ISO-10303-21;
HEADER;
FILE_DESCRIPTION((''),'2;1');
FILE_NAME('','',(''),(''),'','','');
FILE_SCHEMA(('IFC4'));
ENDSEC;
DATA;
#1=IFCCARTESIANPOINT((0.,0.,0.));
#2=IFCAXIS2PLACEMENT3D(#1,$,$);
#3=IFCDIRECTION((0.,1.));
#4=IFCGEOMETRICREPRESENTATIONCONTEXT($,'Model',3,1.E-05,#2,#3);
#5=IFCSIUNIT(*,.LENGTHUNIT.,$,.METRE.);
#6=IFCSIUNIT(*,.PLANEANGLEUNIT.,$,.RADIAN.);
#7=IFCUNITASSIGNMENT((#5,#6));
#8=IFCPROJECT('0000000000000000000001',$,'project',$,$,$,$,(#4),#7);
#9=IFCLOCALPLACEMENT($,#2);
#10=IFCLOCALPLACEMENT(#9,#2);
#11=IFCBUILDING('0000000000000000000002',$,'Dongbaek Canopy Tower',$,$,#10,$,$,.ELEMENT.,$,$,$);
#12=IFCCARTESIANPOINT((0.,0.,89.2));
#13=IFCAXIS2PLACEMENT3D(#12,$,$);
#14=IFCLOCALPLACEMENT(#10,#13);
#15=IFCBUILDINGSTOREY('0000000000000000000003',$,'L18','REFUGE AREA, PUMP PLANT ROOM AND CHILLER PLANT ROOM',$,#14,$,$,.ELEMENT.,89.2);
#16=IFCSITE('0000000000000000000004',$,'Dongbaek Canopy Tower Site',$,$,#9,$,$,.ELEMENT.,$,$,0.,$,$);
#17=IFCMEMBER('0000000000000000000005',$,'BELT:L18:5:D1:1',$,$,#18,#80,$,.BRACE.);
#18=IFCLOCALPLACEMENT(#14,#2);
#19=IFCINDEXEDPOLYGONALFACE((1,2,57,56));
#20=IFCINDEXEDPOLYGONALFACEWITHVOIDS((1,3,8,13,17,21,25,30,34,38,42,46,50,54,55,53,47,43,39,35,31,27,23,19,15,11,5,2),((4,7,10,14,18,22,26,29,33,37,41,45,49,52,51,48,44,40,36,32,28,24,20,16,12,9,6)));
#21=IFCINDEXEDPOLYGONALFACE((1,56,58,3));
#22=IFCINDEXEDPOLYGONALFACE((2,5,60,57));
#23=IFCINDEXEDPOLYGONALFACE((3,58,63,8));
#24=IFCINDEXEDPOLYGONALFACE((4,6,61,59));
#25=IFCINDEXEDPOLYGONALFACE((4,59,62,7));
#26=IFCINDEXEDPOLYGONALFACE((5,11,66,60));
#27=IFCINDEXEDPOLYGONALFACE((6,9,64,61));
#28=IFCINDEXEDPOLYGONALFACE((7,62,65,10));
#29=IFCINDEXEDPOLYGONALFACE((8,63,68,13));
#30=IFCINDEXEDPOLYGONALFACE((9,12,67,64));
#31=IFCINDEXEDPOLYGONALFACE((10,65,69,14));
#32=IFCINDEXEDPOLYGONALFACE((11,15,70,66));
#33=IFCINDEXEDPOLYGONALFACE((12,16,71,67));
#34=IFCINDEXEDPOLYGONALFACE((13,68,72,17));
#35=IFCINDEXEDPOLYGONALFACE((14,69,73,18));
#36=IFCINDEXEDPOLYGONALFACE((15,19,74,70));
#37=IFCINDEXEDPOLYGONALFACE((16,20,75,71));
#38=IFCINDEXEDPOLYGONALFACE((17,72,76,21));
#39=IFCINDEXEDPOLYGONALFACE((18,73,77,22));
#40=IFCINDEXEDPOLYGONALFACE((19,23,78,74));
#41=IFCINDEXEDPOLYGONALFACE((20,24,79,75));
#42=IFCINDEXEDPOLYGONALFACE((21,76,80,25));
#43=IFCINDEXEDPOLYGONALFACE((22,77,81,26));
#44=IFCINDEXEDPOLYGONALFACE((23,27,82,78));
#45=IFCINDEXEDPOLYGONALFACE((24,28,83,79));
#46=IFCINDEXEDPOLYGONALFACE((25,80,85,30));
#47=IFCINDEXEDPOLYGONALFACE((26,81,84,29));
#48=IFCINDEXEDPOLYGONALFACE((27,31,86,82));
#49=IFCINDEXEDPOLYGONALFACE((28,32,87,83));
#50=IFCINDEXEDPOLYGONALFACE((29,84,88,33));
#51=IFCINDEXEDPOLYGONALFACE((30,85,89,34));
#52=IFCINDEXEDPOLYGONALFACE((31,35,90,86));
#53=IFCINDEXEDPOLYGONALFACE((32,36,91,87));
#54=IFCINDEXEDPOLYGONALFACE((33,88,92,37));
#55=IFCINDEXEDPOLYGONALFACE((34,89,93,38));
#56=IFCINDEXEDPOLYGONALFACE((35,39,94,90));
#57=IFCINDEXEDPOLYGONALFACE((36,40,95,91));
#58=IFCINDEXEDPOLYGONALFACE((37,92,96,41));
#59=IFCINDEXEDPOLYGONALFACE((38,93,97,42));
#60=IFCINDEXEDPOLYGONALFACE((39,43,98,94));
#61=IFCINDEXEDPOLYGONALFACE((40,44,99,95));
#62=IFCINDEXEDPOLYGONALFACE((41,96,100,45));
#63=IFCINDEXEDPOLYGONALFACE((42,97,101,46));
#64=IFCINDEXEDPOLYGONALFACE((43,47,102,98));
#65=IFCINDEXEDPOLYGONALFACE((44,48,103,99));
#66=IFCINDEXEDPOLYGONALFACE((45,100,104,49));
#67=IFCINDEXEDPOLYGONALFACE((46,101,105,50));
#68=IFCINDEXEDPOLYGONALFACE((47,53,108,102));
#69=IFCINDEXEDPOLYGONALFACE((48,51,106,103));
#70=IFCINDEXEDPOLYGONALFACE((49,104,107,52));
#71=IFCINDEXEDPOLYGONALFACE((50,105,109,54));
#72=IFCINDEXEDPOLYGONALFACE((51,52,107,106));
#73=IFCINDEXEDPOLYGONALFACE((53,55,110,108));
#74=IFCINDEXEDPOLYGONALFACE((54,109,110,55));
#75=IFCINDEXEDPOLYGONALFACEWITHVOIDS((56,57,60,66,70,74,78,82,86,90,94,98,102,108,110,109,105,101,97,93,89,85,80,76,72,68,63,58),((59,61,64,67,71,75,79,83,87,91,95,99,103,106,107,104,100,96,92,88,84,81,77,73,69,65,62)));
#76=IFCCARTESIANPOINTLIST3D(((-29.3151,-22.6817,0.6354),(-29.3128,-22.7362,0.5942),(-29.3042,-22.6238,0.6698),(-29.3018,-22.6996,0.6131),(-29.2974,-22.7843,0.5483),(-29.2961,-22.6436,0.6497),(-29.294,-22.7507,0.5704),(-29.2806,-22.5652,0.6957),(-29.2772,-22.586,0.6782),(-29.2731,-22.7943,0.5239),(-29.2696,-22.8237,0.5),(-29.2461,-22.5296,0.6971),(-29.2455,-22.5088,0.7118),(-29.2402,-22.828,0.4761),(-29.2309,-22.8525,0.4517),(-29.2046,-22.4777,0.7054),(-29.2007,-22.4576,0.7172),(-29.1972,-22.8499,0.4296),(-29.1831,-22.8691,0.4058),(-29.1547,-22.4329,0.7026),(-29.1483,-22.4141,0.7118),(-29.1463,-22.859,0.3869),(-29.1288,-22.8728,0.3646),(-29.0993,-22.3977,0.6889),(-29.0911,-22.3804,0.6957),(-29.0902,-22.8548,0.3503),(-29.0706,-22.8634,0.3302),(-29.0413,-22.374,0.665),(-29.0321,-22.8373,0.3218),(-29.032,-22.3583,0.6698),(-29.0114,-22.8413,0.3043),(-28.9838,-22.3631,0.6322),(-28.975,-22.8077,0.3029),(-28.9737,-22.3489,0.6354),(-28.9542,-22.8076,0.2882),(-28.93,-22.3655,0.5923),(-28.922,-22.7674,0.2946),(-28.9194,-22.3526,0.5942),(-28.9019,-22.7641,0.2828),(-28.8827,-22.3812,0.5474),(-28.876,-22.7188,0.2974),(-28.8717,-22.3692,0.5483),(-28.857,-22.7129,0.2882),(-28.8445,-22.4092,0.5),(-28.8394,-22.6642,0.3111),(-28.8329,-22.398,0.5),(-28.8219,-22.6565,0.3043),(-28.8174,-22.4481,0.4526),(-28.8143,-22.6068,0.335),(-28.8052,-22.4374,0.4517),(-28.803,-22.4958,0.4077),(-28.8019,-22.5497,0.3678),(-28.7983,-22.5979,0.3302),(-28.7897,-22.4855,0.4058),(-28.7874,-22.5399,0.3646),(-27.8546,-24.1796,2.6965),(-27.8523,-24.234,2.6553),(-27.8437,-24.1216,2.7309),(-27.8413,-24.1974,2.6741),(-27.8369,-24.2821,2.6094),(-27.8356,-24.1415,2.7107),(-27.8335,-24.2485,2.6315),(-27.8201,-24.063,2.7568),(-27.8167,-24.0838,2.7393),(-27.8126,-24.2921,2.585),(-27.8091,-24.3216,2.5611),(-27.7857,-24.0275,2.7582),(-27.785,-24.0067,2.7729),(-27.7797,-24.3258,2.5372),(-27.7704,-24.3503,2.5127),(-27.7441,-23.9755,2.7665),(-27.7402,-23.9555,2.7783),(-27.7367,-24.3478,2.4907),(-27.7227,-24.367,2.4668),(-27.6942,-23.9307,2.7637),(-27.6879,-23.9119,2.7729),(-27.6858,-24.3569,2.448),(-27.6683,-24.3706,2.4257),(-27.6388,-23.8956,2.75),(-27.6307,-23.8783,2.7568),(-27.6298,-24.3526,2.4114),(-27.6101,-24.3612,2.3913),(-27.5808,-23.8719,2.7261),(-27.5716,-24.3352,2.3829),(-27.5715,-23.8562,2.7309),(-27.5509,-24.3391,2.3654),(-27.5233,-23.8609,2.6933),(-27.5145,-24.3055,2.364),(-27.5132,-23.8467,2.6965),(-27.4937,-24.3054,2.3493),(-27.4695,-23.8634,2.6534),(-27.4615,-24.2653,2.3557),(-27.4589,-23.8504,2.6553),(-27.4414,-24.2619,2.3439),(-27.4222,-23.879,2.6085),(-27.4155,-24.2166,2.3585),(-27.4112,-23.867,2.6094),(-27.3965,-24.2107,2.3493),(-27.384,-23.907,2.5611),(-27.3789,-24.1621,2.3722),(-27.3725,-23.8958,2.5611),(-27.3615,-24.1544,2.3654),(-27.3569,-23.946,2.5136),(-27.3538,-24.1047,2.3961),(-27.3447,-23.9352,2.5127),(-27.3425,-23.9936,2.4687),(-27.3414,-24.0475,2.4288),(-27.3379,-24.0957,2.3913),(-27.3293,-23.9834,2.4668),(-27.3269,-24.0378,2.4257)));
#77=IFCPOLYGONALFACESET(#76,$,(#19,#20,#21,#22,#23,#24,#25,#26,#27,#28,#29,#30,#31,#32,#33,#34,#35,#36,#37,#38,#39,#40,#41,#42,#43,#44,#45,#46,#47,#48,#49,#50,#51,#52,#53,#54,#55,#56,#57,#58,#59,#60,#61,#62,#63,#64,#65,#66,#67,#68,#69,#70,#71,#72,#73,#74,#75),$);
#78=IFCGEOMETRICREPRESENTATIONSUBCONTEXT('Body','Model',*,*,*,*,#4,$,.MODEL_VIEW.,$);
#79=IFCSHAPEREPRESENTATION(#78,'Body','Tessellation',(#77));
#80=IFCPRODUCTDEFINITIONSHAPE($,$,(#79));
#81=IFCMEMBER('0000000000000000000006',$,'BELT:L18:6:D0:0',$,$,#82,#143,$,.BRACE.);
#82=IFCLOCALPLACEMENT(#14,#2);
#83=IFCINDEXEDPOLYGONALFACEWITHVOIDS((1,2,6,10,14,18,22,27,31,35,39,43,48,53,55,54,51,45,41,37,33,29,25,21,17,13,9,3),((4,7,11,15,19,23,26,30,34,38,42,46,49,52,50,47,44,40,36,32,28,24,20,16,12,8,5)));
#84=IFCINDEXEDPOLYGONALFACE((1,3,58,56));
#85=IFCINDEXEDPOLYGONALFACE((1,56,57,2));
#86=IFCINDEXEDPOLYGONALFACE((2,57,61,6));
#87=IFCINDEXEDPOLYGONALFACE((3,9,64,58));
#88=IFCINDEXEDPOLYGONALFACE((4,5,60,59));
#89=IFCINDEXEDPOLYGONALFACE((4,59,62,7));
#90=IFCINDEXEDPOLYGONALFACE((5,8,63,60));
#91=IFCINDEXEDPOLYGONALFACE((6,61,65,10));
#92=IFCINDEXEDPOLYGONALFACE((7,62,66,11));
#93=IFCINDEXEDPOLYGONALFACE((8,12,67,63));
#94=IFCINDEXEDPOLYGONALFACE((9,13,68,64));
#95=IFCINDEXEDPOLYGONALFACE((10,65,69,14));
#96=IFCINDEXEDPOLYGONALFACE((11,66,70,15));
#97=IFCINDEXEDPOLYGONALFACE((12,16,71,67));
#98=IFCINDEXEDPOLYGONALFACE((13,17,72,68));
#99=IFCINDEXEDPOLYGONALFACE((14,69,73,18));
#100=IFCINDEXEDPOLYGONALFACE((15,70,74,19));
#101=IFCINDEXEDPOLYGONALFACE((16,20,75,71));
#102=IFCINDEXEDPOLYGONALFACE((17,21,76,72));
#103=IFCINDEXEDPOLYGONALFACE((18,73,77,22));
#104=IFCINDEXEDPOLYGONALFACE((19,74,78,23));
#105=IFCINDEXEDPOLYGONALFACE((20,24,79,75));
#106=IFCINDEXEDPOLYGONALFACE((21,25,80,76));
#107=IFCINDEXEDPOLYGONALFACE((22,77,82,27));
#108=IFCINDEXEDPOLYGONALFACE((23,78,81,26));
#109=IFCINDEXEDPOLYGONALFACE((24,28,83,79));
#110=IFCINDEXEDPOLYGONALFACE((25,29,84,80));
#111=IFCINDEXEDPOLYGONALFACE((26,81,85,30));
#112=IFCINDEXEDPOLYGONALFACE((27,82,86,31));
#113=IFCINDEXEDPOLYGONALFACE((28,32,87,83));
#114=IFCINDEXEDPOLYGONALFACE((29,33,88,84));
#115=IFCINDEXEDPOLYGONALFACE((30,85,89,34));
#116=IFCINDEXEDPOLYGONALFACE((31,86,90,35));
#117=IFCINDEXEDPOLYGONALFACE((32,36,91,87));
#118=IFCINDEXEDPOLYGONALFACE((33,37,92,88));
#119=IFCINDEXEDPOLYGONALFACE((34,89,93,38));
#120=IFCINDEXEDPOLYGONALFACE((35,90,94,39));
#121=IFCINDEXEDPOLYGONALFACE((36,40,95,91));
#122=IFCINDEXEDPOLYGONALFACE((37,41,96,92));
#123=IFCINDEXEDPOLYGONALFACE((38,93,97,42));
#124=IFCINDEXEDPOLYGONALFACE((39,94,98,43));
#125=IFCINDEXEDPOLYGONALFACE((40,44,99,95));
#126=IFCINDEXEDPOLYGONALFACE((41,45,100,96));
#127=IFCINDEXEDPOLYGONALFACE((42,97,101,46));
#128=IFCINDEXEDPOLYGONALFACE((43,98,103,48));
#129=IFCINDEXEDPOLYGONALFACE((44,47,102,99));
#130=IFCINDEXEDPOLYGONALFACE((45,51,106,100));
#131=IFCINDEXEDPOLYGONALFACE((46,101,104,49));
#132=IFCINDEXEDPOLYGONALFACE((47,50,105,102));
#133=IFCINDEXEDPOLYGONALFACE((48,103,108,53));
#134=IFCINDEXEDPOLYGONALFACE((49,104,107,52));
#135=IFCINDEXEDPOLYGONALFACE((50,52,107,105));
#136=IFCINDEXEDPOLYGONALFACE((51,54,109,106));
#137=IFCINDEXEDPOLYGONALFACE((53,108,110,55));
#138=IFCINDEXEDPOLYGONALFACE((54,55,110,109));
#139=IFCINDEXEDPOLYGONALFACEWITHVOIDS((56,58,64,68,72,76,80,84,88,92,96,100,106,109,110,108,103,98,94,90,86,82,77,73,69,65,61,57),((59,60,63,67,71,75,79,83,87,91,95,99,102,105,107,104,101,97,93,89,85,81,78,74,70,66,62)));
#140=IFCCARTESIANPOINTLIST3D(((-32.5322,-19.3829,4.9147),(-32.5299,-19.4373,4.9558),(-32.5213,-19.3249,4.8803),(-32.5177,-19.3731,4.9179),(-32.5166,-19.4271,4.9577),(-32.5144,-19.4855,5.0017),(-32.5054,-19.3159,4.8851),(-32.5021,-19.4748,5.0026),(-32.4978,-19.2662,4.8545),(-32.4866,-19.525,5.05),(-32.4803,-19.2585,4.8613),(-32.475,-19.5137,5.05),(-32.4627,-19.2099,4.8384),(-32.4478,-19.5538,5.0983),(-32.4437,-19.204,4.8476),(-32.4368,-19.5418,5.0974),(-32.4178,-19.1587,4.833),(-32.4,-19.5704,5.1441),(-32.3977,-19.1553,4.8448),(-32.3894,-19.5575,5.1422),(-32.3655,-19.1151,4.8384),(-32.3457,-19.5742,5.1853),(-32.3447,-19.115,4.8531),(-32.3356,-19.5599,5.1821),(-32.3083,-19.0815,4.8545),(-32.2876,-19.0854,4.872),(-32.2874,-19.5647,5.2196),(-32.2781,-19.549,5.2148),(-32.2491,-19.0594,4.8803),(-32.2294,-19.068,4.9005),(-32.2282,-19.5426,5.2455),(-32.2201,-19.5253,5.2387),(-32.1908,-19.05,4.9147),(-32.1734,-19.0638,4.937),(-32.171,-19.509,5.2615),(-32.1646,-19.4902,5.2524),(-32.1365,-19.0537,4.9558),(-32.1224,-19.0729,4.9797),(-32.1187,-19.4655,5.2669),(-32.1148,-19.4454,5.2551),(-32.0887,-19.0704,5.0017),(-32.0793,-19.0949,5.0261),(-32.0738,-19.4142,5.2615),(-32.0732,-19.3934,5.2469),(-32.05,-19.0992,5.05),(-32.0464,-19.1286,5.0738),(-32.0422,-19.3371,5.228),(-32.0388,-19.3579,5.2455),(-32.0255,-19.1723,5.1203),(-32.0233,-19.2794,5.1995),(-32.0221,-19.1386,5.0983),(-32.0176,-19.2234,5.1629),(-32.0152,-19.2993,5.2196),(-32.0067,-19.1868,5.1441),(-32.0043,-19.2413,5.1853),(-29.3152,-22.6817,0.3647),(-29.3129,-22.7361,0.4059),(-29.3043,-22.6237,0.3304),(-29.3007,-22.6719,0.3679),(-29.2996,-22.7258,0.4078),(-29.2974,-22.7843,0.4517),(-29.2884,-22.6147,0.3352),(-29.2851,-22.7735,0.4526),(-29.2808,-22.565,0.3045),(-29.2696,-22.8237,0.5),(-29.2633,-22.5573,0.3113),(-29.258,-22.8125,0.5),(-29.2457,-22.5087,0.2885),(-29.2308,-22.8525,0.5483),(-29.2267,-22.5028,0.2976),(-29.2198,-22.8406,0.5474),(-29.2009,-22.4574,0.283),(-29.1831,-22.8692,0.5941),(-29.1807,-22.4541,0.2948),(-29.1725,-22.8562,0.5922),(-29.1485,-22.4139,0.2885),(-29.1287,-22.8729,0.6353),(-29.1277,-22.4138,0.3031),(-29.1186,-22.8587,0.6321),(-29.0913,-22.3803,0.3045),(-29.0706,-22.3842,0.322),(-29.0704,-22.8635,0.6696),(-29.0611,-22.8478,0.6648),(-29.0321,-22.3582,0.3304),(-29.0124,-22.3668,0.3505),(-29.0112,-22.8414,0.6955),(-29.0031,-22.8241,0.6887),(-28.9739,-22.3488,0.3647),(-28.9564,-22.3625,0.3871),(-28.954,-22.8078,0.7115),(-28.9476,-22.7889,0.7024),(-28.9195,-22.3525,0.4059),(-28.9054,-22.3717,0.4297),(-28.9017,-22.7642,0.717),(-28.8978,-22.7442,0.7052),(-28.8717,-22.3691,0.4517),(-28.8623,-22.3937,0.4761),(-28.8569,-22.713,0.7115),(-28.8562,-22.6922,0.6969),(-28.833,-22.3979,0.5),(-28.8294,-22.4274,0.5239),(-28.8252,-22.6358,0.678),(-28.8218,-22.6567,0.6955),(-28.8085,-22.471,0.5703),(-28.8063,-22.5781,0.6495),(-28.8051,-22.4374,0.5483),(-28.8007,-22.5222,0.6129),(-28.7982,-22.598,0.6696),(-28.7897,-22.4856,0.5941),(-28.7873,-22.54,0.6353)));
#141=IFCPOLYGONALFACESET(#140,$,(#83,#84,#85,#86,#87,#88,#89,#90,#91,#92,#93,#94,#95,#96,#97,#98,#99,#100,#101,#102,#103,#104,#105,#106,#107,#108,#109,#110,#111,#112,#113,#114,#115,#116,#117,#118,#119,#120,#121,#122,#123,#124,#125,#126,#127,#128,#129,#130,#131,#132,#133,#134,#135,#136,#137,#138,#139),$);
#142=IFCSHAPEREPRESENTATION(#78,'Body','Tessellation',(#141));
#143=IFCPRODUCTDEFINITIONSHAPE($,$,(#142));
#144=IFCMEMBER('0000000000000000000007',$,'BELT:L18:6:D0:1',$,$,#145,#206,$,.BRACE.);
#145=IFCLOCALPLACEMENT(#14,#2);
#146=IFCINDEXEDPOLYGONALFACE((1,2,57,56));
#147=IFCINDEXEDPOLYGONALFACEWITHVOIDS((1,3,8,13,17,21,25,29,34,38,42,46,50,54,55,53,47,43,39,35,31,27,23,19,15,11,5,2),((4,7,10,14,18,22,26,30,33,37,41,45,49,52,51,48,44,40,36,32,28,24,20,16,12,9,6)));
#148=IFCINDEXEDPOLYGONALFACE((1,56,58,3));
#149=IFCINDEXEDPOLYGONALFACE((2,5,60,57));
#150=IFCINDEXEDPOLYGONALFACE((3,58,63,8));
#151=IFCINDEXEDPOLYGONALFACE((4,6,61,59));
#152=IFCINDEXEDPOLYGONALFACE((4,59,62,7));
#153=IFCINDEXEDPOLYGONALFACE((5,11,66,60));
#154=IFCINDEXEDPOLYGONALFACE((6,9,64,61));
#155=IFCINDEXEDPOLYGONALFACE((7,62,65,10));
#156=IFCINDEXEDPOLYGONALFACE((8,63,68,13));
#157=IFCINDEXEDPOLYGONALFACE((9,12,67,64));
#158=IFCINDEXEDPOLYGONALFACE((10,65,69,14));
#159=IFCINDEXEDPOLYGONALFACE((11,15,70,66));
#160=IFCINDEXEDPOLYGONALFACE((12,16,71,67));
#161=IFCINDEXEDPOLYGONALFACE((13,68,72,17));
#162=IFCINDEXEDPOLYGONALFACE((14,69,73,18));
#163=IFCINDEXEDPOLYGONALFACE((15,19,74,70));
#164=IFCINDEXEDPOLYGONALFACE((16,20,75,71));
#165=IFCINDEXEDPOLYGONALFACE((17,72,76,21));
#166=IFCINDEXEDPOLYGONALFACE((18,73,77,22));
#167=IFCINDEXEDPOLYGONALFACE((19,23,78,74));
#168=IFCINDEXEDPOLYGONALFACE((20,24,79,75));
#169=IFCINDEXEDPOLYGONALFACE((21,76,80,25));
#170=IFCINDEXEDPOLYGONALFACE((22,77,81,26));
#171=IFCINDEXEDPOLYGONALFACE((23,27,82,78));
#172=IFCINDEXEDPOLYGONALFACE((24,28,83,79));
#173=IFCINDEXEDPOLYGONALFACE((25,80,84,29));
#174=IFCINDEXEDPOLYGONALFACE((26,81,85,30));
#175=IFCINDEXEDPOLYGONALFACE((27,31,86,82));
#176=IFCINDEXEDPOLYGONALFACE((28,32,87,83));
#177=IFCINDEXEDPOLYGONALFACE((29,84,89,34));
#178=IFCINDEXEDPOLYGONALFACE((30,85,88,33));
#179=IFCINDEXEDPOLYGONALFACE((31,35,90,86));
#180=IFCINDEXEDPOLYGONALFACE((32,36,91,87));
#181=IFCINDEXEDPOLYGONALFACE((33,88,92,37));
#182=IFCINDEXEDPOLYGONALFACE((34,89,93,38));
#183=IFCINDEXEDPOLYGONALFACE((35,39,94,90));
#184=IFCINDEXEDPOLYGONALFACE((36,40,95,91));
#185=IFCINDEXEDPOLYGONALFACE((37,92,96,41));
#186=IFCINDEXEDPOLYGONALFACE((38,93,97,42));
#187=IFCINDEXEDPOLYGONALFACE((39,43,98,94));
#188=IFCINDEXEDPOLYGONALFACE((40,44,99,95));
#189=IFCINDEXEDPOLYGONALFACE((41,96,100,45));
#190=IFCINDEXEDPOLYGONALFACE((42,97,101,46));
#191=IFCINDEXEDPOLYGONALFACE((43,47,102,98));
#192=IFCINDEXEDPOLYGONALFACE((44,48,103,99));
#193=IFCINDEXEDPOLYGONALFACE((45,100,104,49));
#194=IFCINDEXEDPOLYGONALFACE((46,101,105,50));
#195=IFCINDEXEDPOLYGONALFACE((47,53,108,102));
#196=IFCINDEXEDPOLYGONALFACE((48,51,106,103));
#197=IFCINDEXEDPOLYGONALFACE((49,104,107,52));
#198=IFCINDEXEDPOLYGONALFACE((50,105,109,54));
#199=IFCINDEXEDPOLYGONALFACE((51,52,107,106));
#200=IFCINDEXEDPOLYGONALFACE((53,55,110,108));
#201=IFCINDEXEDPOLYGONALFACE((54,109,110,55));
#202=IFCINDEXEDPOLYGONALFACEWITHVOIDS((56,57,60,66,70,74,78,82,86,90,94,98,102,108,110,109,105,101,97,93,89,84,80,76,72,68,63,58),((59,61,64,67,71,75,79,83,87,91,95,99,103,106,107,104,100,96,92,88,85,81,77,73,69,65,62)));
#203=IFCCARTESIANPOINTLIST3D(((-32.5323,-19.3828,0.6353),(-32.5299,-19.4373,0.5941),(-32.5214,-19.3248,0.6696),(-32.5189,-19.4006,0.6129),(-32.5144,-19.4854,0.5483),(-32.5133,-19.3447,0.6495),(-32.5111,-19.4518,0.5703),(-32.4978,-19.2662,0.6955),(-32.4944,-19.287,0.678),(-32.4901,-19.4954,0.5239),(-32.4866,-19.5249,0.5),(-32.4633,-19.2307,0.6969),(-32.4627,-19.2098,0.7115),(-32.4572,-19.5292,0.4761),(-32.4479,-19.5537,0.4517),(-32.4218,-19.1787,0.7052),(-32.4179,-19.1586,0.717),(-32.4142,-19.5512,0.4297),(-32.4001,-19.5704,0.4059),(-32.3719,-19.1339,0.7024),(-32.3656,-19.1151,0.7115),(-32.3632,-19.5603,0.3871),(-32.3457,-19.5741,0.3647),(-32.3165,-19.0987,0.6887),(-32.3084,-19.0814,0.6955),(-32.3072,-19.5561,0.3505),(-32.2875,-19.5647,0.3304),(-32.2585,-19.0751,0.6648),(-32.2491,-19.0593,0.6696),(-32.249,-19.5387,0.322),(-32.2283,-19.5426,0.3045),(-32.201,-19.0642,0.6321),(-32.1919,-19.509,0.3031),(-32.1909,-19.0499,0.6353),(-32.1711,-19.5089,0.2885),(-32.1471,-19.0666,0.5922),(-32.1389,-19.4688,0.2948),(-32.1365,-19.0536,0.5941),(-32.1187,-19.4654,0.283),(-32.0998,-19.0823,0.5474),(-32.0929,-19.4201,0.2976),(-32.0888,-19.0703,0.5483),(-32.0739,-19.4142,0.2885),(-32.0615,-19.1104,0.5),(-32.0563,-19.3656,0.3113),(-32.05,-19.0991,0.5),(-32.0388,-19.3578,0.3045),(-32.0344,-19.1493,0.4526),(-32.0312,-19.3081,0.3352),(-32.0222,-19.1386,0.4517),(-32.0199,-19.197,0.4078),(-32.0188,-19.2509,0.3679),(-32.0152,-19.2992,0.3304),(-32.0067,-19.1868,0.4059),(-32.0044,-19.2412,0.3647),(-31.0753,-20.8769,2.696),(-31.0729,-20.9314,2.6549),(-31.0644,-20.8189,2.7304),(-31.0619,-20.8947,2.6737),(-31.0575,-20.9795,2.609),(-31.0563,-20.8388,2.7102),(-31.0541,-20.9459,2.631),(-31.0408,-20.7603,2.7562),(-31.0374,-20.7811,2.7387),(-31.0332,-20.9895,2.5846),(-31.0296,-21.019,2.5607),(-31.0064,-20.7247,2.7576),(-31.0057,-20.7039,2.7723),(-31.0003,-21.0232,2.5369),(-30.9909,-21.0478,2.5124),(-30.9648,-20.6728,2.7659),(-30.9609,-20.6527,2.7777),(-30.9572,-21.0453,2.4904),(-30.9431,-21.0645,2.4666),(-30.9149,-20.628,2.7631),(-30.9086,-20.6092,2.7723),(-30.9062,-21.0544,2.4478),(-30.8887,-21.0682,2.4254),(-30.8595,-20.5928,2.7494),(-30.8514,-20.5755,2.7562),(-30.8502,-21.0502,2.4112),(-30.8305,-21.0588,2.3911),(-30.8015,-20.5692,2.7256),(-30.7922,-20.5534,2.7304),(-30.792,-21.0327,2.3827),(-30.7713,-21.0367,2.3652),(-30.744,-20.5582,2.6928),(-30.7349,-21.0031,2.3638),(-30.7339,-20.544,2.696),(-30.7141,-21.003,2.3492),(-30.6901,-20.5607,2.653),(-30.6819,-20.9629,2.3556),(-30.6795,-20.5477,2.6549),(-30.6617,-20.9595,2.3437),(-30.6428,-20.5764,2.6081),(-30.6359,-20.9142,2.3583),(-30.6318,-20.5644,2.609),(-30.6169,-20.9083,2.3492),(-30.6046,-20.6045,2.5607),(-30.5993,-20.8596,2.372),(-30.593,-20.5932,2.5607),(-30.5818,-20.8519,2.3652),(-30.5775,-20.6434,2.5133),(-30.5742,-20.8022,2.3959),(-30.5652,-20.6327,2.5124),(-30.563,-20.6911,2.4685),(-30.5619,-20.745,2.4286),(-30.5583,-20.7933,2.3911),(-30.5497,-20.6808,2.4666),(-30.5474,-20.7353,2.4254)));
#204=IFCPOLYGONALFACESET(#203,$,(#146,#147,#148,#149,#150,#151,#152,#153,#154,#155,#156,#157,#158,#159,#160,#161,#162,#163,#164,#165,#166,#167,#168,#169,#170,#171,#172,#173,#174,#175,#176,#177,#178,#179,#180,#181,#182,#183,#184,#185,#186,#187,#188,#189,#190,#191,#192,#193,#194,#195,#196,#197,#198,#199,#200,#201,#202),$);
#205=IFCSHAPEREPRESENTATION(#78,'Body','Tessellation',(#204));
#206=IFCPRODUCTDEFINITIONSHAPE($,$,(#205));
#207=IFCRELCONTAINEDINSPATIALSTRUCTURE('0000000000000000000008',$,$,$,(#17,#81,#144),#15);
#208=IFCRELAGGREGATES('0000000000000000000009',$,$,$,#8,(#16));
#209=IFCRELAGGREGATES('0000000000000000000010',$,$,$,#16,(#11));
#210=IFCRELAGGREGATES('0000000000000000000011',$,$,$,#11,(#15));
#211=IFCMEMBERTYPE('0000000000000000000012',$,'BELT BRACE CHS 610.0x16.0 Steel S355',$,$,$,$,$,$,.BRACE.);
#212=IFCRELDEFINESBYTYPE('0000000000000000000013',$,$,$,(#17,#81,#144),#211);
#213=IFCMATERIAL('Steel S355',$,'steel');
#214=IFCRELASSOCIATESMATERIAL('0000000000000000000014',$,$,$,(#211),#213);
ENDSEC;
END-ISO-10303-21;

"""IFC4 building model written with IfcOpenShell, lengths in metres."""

from ifc_helpers import new_model, si_unit, direction, frame, origin, origin_2d, place, context, subcontext, project, spatial, hollow_circle, extrude, material, material_profile, profile_set, type_object, element, save


model = new_model("IFC4")

# Units and contexts
model_context = context("Model", 3, precision=1e-05, world=origin(), true_north=direction((0.0, 1.0)))
body_context = subcontext(model_context, "Body", "Model", "MODEL_VIEW")
ifc_project = project(units=[si_unit("LENGTHUNIT", "METRE"), si_unit("PLANEANGLEUNIT", "RADIAN")], contexts=[model_context])

# Site, building, storey
site_placement = place(None, origin())
site = spatial("IfcSite", under=ifc_project, at=site_placement, Name="Dongbaek Canopy Tower Site", CompositionType="ELEMENT", RefElevation=0.0)
building_placement = place(site_placement, origin())
building = spatial("IfcBuilding", under=site, at=building_placement, Name="Dongbaek Canopy Tower", CompositionType="ELEMENT")
storey_placement = place(building_placement, frame((0.0, 0.0, 89.2)))
storey = spatial("IfcBuildingStorey", under=building, at=storey_placement, Name="L18", Description="REFUGE AREA, PUMP PLANT ROOM AND CHILLER PLANT ROOM", CompositionType="ELEMENT", Elevation=89.2)

# Members
ifc_material_1 = material(Name="Steel S355", Category="steel")
ifc_material_profile_1 = material_profile(ifc_material_1, hollow_circle(Radius=0.3049, WallThickness=0.0161, at=origin_2d()), Name="BELT BRACE CHS 610.0x16.0 Steel S355")
ifc_profile_set_1 = profile_set([ifc_material_profile_1], Name="Steel S355")
member_type_1 = type_object("IfcMemberType", Name="BELT BRACE CHS 610.0x16.0 Steel S355", PredefinedType="BRACE", material=ifc_profile_set_1)
member_1_placement = place(storey_placement, frame((-29.0513, -22.6108, 0.5), z_axis=(0.49731, -0.51003, 0.701821), x_axis=(0.715978, 0.698123, 0.0)))
element("IfcMember", 1, at=member_1_placement, inside=storey, type_object=member_type_1, Name="BELT:L18:5:D1:1", PredefinedType="BRACE", context=body_context, shape_type="SweptSolid", body=[
    extrude(hollow_circle(Radius=0.3049, WallThickness=0.0161, at=origin_2d()), origin(), (0.0, 0.0, 1.0), 2.9368),
])
member_2_placement = place(storey_placement, frame((-29.0513, -22.6108, 0.5), z_axis=(-0.496787, 0.509417, 0.702635), x_axis=(-0.715926, -0.698176, 0.0)))
element("IfcMember", 2, at=member_2_placement, inside=storey, type_object=member_type_1, Name="BELT:L18:6:D0:0", PredefinedType="BRACE", context=body_context, shape_type="SweptSolid", body=[
    extrude(hollow_circle(Radius=0.3049, WallThickness=0.0161, at=origin_2d()), origin(), (0.0, 0.0, 1.0), 6.4756),
])
for number, where, z_axis, x_axis, name in (
    (3, (-32.2683, -19.312, 0.5), (0.496778, -0.509431, 0.702632), (0.715942, 0.69816, 0.0), "BELT:L18:6:D0:1"),
):
    element("IfcMember", number, at=place(storey_placement, frame(where, z_axis=z_axis, x_axis=x_axis)), inside=storey, type_object=member_type_1, Name=name, PredefinedType="BRACE", context=body_context, shape_type="SweptSolid", body=[
        extrude(hollow_circle(Radius=0.3049, WallThickness=0.0161, at=origin_2d()), origin(), (0.0, 0.0, 1.0), 2.9329),
    ])

save(model, "model.ifc")
